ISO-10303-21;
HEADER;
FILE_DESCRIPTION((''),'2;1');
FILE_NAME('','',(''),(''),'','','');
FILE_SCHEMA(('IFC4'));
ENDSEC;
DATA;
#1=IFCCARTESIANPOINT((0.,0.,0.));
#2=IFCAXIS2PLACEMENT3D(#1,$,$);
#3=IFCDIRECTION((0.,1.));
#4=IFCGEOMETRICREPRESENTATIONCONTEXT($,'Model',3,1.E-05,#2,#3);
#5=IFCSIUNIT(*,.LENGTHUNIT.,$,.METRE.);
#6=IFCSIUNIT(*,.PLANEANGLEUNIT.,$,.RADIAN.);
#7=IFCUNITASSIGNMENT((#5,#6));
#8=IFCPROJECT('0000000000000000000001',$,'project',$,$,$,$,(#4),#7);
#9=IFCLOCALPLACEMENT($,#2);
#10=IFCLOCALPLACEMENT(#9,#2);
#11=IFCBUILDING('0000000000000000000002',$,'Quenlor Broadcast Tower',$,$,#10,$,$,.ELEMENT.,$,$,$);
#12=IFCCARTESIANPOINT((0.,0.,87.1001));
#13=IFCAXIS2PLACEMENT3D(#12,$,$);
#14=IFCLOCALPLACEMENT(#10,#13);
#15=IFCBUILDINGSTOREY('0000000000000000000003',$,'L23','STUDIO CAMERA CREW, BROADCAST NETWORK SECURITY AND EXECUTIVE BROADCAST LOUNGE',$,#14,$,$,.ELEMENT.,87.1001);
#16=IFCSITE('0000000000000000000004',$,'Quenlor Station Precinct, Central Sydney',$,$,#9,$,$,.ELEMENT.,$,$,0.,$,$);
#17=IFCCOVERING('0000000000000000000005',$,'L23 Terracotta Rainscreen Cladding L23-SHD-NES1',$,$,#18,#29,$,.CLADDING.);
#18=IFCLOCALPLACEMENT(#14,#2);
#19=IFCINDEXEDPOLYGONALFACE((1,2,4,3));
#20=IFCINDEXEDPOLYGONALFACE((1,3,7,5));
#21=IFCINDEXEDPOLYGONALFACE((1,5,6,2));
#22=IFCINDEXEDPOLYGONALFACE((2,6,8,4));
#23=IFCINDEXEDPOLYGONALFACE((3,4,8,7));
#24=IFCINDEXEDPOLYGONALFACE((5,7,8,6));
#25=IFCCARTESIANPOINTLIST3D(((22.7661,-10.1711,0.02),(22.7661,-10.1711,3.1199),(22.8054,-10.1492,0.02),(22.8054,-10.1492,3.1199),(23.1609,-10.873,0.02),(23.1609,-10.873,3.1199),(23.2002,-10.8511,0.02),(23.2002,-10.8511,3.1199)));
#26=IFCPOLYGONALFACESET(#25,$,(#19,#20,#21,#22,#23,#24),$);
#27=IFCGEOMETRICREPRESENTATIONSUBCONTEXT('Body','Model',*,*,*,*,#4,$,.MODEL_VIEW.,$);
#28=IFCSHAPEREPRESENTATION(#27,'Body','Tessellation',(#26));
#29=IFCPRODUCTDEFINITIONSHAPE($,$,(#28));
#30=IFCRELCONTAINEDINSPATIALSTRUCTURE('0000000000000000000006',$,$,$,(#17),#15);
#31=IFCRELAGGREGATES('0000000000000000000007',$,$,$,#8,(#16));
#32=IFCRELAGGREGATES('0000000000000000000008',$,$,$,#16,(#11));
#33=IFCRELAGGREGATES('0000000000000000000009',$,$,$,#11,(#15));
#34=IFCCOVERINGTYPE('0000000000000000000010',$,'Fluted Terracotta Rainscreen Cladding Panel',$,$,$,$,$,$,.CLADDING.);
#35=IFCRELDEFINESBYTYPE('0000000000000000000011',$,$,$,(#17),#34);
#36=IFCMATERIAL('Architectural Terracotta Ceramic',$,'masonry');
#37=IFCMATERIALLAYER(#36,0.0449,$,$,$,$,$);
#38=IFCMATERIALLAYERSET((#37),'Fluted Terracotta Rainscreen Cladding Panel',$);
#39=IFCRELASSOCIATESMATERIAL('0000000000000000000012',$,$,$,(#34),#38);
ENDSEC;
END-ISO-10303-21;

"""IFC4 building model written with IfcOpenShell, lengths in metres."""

from ifc_helpers import new_model, si_unit, direction, frame, origin, place, context, subcontext, project, spatial, polyline, outline, extrude, material, layer, layer_set, type_object, element, save


model = new_model("IFC4")

# Units and contexts
model_context = context("Model", 3, precision=1e-05, world=origin(), true_north=direction((0.0, 1.0)))
body_context = subcontext(model_context, "Body", "Model", "MODEL_VIEW")
ifc_project = project(units=[si_unit("LENGTHUNIT", "METRE"), si_unit("PLANEANGLEUNIT", "RADIAN")], contexts=[model_context])

# Site, building, storey
site_placement = place(None, origin())
site = spatial("IfcSite", under=ifc_project, at=site_placement, Name="Quenlor Station Precinct, Central Sydney", CompositionType="ELEMENT", RefElevation=0.0)
building_placement = place(site_placement, origin())
building = spatial("IfcBuilding", under=site, at=building_placement, Name="Quenlor Broadcast Tower", CompositionType="ELEMENT")
storey_placement = place(building_placement, frame((0.0, 0.0, 87.1001)))
storey = spatial("IfcBuildingStorey", under=building, at=storey_placement, Name="L23", Description="STUDIO CAMERA CREW, BROADCAST NETWORK SECURITY AND EXECUTIVE BROADCAST LOUNGE", CompositionType="ELEMENT", Elevation=87.1001)

# Covering
ifc_material_1 = material(Name="Architectural Terracotta Ceramic", Category="masonry")
ifc_layer_1 = layer(ifc_material_1, 0.0449)
ifc_layer_set_1 = layer_set([ifc_layer_1], Name="Fluted Terracotta Rainscreen Cladding Panel")
covering_type = type_object("IfcCoveringType", Name="Fluted Terracotta Rainscreen Cladding Panel", PredefinedType="CLADDING", material=ifc_layer_set_1)
covering_1_placement = place(storey_placement, frame((0.0, 0.0, 0.02)))
element("IfcCovering", 1, at=covering_1_placement, inside=storey, type_object=covering_type, Name="L23 Terracotta Rainscreen Cladding L23-SHD-NES1", PredefinedType="CLADDING", context=body_context, shape_type="SweptSolid", body=[
    extrude(outline(polyline([(22.7661, -10.1711), (23.1609, -10.873), (23.2002, -10.8511), (22.8054, -10.1492), (22.7661, -10.1711)])), origin(), (0.0, 0.0, 1.0), 3.0999),
])

save(model, "model.ifc")
